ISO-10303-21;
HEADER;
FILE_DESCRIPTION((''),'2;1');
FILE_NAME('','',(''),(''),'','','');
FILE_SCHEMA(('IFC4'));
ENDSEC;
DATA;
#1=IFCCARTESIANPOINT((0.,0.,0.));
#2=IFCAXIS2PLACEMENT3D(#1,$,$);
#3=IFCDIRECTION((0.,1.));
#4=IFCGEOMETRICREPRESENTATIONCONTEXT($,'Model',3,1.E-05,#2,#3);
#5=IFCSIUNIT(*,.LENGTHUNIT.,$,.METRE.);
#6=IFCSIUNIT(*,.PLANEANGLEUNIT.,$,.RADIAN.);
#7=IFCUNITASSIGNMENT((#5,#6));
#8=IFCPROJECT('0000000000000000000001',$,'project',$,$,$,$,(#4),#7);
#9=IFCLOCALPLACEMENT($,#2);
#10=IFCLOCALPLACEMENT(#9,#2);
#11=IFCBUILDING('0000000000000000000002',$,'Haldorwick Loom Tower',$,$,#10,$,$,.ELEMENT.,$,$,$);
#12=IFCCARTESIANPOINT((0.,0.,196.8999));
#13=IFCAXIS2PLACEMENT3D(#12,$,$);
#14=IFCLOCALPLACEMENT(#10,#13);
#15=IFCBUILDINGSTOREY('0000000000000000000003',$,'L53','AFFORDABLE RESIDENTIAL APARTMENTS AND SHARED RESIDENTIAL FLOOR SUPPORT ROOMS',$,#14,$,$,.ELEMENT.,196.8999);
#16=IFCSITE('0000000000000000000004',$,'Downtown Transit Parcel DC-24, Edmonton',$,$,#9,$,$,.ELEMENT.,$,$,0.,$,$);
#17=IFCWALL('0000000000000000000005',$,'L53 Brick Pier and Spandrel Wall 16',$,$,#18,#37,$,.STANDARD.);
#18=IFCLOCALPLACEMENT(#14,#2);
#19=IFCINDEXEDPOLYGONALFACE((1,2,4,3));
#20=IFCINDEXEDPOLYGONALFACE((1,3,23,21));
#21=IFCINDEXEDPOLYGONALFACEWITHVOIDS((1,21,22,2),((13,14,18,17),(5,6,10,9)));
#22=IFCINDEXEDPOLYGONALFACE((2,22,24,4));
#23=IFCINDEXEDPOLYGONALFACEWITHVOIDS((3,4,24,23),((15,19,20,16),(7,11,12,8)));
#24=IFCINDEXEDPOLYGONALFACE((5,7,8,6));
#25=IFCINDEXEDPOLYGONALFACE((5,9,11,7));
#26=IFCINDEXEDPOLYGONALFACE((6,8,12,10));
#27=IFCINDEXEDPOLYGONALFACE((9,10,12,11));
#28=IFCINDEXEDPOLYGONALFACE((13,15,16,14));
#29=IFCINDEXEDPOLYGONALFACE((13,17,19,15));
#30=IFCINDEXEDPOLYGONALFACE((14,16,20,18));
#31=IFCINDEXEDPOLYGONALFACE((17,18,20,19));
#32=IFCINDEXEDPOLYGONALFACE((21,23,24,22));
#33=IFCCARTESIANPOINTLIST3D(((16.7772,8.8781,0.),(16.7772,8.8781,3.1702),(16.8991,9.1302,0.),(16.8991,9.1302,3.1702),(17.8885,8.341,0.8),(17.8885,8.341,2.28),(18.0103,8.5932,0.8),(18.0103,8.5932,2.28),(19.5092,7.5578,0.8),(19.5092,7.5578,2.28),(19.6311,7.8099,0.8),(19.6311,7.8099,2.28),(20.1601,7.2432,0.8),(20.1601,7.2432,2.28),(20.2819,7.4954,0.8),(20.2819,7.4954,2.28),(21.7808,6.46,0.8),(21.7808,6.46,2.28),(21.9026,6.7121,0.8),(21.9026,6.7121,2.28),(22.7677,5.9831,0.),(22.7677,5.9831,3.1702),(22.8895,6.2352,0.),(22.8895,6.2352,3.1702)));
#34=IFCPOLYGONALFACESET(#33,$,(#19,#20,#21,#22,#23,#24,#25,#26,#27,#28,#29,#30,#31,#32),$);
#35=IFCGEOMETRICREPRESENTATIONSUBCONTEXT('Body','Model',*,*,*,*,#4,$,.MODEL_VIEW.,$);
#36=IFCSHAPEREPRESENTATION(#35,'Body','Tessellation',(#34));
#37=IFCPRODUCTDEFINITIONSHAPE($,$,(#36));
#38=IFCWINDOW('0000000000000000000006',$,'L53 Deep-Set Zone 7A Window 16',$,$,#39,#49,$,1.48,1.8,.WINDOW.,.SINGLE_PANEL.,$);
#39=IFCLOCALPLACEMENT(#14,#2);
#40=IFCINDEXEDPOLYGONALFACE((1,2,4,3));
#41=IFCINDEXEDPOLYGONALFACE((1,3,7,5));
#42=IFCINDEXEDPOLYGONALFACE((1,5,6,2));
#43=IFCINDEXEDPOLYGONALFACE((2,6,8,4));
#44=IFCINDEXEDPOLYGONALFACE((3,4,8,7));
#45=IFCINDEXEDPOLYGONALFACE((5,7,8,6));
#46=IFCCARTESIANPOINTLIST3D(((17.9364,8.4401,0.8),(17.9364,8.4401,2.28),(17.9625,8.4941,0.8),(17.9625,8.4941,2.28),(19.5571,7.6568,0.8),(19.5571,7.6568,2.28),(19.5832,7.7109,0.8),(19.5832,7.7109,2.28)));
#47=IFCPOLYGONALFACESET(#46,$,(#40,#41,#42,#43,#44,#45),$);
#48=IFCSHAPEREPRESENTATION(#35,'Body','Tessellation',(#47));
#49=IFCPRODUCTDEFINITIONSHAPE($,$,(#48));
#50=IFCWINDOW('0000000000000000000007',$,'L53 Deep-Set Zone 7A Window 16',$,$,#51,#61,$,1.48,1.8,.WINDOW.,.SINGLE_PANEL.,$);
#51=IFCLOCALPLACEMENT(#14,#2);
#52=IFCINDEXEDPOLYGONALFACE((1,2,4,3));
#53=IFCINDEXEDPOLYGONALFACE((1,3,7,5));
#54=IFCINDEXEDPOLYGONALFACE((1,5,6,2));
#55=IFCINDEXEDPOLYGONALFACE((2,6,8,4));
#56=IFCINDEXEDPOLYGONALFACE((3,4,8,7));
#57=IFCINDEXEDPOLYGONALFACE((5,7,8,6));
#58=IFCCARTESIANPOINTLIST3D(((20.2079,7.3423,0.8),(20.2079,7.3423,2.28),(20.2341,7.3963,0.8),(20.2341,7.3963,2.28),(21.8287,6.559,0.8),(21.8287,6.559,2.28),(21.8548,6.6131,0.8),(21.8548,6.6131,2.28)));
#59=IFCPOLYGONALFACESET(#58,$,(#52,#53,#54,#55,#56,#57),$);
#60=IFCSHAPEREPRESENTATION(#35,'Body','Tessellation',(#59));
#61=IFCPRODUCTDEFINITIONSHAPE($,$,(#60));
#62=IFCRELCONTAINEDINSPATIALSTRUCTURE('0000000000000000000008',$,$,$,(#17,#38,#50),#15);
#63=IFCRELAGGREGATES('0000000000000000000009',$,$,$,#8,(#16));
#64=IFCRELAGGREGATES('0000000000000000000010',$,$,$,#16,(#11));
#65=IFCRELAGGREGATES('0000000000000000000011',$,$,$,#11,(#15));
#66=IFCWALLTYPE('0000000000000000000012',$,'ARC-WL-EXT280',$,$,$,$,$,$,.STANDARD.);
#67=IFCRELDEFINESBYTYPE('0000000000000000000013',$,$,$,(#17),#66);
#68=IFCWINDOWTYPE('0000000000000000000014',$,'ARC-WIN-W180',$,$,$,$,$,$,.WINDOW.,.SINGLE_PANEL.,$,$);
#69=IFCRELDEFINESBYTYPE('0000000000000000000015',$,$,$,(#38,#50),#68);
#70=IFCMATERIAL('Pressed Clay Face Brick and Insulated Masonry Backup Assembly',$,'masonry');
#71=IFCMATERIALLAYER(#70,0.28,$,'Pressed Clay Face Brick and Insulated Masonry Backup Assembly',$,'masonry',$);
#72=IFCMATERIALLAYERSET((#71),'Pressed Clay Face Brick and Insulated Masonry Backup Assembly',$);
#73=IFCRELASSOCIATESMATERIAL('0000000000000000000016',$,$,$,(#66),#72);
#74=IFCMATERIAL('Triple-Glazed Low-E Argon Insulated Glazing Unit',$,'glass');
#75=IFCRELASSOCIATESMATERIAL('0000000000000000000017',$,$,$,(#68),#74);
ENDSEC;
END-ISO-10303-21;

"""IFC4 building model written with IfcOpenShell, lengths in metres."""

from ifc_helpers import new_model, si_unit, direction, frame, frame_2d, origin, place, context, subcontext, project, spatial, rectangle, extrude, material, layer, layer_set, type_object, element, fill, save


model = new_model("IFC4")

# Units and contexts
model_context = context("Model", 3, precision=1e-05, world=origin(), true_north=direction((0.0, 1.0)))
body_context = subcontext(model_context, "Body", "Model", "MODEL_VIEW")
ifc_project = project(units=[si_unit("LENGTHUNIT", "METRE"), si_unit("PLANEANGLEUNIT", "RADIAN")], contexts=[model_context])

# Site, building, storey
site_placement = place(None, origin())
site = spatial("IfcSite", under=ifc_project, at=site_placement, Name="Downtown Transit Parcel DC-24, Edmonton", CompositionType="ELEMENT", RefElevation=0.0)
building_placement = place(site_placement, origin())
building = spatial("IfcBuilding", under=site, at=building_placement, Name="Haldorwick Loom Tower", CompositionType="ELEMENT")
storey_placement = place(building_placement, frame((0.0, 0.0, 196.8999)))
storey = spatial("IfcBuildingStorey", under=building, at=storey_placement, Name="L53", Description="AFFORDABLE RESIDENTIAL APARTMENTS AND SHARED RESIDENTIAL FLOOR SUPPORT ROOMS", CompositionType="ELEMENT", Elevation=196.8999)

# Shared definitions
ifc_material_1 = material(Name="Pressed Clay Face Brick and Insulated Masonry Backup Assembly", Category="masonry")
ifc_layer_1 = layer(ifc_material_1, 0.28, Name="Pressed Clay Face Brick and Insulated Masonry Backup Assembly", Category="masonry")
ifc_layer_set_1 = layer_set([ifc_layer_1], Name="Pressed Clay Face Brick and Insulated Masonry Backup Assembly")
wall_type = type_object("IfcWallType", Name="ARC-WL-EXT280", PredefinedType="STANDARD", material=ifc_layer_set_1)

# Wall, openings, windows
wall_1_placement = place(storey_placement, frame((16.8381, 9.0042, 0.0), z_axis=(0.0, 0.0, 1.0), x_axis=(0.900371, -0.435123, 0.0)))
wall_1 = element("IfcWall", 1, at=wall_1_placement, inside=storey, type_object=wall_type, Name="L53 Brick Pier and Spandrel Wall 16", PredefinedType="STANDARD", context=body_context, shape_type="SweptSolid", body=[
    extrude(rectangle(XDim=6.6533, YDim=0.28, at=frame_2d((3.3267, 0.0))), origin(), (0.0, 0.0, 1.0), 3.1702),
])
opening_1_placement = place(wall_1_placement, frame((1.2344, 0.0, 0.8)))
opening_1 = element("IfcOpeningElement", 2, at=opening_1_placement, cuts=wall_1, PredefinedType="OPENING", context=body_context, shape_type="SweptSolid", body=[
    extrude(rectangle(XDim=1.8, YDim=1.48, at=frame_2d((0.8999, 0.74))), frame((0.0, 0.1499, 0.0), z_axis=(0.0, -1.0, 0.0), x_axis=(1.0, 0.0, 0.0)), (0.0, 0.0, 1.0), 0.3),
])
opening_2_placement = place(wall_1_placement, frame((3.7573, 0.0, 0.8)))
opening_2 = element("IfcOpeningElement", 3, at=opening_2_placement, cuts=wall_1, PredefinedType="OPENING", context=body_context, shape_type="SweptSolid", body=[
    extrude(rectangle(XDim=1.8, YDim=1.48, at=frame_2d((0.8999, 0.74))), frame((0.0, 0.1499, 0.0), z_axis=(0.0, -1.0, 0.0), x_axis=(1.0, 0.0, 0.0)), (0.0, 0.0, 1.0), 0.3),
])
ifc_material_2 = material(Name="Triple-Glazed Low-E Argon Insulated Glazing Unit", Category="glass")
window_type = type_object("IfcWindowType", Name="ARC-WIN-W180", PartitioningType="SINGLE_PANEL", PredefinedType="WINDOW", material=ifc_material_2)
window_1_placement = place(opening_1_placement, origin())
window_1 = element("IfcWindow", 4, at=window_1_placement, inside=storey, type_object=window_type, Name="L53 Deep-Set Zone 7A Window 16", OverallHeight=1.48, OverallWidth=1.8, PartitioningType="SINGLE_PANEL", PredefinedType="WINDOW", context=body_context, shape_type="SweptSolid", body=[
    extrude(rectangle(XDim=1.8, YDim=1.48, at=frame_2d((0.8999, 0.74))), frame((0.0, 0.03, 0.0), z_axis=(0.0, -1.0, 0.0), x_axis=(1.0, 0.0, 0.0)), (0.0, 0.0, 1.0), 0.0601),
])
fill(opening_1, window_1)
window_2_placement = place(opening_2_placement, origin())
window_2 = element("IfcWindow", 5, at=window_2_placement, inside=storey, type_object=window_type, Name="L53 Deep-Set Zone 7A Window 16", OverallHeight=1.48, OverallWidth=1.8, PartitioningType="SINGLE_PANEL", PredefinedType="WINDOW", context=body_context, shape_type="SweptSolid", body=[
    extrude(rectangle(XDim=1.8, YDim=1.48, at=frame_2d((0.8999, 0.74))), frame((0.0, 0.03, 0.0), z_axis=(0.0, -1.0, 0.0), x_axis=(1.0, 0.0, 0.0)), (0.0, 0.0, 1.0), 0.0601),
])
fill(opening_2, window_2)

save(model, "model.ifc")
